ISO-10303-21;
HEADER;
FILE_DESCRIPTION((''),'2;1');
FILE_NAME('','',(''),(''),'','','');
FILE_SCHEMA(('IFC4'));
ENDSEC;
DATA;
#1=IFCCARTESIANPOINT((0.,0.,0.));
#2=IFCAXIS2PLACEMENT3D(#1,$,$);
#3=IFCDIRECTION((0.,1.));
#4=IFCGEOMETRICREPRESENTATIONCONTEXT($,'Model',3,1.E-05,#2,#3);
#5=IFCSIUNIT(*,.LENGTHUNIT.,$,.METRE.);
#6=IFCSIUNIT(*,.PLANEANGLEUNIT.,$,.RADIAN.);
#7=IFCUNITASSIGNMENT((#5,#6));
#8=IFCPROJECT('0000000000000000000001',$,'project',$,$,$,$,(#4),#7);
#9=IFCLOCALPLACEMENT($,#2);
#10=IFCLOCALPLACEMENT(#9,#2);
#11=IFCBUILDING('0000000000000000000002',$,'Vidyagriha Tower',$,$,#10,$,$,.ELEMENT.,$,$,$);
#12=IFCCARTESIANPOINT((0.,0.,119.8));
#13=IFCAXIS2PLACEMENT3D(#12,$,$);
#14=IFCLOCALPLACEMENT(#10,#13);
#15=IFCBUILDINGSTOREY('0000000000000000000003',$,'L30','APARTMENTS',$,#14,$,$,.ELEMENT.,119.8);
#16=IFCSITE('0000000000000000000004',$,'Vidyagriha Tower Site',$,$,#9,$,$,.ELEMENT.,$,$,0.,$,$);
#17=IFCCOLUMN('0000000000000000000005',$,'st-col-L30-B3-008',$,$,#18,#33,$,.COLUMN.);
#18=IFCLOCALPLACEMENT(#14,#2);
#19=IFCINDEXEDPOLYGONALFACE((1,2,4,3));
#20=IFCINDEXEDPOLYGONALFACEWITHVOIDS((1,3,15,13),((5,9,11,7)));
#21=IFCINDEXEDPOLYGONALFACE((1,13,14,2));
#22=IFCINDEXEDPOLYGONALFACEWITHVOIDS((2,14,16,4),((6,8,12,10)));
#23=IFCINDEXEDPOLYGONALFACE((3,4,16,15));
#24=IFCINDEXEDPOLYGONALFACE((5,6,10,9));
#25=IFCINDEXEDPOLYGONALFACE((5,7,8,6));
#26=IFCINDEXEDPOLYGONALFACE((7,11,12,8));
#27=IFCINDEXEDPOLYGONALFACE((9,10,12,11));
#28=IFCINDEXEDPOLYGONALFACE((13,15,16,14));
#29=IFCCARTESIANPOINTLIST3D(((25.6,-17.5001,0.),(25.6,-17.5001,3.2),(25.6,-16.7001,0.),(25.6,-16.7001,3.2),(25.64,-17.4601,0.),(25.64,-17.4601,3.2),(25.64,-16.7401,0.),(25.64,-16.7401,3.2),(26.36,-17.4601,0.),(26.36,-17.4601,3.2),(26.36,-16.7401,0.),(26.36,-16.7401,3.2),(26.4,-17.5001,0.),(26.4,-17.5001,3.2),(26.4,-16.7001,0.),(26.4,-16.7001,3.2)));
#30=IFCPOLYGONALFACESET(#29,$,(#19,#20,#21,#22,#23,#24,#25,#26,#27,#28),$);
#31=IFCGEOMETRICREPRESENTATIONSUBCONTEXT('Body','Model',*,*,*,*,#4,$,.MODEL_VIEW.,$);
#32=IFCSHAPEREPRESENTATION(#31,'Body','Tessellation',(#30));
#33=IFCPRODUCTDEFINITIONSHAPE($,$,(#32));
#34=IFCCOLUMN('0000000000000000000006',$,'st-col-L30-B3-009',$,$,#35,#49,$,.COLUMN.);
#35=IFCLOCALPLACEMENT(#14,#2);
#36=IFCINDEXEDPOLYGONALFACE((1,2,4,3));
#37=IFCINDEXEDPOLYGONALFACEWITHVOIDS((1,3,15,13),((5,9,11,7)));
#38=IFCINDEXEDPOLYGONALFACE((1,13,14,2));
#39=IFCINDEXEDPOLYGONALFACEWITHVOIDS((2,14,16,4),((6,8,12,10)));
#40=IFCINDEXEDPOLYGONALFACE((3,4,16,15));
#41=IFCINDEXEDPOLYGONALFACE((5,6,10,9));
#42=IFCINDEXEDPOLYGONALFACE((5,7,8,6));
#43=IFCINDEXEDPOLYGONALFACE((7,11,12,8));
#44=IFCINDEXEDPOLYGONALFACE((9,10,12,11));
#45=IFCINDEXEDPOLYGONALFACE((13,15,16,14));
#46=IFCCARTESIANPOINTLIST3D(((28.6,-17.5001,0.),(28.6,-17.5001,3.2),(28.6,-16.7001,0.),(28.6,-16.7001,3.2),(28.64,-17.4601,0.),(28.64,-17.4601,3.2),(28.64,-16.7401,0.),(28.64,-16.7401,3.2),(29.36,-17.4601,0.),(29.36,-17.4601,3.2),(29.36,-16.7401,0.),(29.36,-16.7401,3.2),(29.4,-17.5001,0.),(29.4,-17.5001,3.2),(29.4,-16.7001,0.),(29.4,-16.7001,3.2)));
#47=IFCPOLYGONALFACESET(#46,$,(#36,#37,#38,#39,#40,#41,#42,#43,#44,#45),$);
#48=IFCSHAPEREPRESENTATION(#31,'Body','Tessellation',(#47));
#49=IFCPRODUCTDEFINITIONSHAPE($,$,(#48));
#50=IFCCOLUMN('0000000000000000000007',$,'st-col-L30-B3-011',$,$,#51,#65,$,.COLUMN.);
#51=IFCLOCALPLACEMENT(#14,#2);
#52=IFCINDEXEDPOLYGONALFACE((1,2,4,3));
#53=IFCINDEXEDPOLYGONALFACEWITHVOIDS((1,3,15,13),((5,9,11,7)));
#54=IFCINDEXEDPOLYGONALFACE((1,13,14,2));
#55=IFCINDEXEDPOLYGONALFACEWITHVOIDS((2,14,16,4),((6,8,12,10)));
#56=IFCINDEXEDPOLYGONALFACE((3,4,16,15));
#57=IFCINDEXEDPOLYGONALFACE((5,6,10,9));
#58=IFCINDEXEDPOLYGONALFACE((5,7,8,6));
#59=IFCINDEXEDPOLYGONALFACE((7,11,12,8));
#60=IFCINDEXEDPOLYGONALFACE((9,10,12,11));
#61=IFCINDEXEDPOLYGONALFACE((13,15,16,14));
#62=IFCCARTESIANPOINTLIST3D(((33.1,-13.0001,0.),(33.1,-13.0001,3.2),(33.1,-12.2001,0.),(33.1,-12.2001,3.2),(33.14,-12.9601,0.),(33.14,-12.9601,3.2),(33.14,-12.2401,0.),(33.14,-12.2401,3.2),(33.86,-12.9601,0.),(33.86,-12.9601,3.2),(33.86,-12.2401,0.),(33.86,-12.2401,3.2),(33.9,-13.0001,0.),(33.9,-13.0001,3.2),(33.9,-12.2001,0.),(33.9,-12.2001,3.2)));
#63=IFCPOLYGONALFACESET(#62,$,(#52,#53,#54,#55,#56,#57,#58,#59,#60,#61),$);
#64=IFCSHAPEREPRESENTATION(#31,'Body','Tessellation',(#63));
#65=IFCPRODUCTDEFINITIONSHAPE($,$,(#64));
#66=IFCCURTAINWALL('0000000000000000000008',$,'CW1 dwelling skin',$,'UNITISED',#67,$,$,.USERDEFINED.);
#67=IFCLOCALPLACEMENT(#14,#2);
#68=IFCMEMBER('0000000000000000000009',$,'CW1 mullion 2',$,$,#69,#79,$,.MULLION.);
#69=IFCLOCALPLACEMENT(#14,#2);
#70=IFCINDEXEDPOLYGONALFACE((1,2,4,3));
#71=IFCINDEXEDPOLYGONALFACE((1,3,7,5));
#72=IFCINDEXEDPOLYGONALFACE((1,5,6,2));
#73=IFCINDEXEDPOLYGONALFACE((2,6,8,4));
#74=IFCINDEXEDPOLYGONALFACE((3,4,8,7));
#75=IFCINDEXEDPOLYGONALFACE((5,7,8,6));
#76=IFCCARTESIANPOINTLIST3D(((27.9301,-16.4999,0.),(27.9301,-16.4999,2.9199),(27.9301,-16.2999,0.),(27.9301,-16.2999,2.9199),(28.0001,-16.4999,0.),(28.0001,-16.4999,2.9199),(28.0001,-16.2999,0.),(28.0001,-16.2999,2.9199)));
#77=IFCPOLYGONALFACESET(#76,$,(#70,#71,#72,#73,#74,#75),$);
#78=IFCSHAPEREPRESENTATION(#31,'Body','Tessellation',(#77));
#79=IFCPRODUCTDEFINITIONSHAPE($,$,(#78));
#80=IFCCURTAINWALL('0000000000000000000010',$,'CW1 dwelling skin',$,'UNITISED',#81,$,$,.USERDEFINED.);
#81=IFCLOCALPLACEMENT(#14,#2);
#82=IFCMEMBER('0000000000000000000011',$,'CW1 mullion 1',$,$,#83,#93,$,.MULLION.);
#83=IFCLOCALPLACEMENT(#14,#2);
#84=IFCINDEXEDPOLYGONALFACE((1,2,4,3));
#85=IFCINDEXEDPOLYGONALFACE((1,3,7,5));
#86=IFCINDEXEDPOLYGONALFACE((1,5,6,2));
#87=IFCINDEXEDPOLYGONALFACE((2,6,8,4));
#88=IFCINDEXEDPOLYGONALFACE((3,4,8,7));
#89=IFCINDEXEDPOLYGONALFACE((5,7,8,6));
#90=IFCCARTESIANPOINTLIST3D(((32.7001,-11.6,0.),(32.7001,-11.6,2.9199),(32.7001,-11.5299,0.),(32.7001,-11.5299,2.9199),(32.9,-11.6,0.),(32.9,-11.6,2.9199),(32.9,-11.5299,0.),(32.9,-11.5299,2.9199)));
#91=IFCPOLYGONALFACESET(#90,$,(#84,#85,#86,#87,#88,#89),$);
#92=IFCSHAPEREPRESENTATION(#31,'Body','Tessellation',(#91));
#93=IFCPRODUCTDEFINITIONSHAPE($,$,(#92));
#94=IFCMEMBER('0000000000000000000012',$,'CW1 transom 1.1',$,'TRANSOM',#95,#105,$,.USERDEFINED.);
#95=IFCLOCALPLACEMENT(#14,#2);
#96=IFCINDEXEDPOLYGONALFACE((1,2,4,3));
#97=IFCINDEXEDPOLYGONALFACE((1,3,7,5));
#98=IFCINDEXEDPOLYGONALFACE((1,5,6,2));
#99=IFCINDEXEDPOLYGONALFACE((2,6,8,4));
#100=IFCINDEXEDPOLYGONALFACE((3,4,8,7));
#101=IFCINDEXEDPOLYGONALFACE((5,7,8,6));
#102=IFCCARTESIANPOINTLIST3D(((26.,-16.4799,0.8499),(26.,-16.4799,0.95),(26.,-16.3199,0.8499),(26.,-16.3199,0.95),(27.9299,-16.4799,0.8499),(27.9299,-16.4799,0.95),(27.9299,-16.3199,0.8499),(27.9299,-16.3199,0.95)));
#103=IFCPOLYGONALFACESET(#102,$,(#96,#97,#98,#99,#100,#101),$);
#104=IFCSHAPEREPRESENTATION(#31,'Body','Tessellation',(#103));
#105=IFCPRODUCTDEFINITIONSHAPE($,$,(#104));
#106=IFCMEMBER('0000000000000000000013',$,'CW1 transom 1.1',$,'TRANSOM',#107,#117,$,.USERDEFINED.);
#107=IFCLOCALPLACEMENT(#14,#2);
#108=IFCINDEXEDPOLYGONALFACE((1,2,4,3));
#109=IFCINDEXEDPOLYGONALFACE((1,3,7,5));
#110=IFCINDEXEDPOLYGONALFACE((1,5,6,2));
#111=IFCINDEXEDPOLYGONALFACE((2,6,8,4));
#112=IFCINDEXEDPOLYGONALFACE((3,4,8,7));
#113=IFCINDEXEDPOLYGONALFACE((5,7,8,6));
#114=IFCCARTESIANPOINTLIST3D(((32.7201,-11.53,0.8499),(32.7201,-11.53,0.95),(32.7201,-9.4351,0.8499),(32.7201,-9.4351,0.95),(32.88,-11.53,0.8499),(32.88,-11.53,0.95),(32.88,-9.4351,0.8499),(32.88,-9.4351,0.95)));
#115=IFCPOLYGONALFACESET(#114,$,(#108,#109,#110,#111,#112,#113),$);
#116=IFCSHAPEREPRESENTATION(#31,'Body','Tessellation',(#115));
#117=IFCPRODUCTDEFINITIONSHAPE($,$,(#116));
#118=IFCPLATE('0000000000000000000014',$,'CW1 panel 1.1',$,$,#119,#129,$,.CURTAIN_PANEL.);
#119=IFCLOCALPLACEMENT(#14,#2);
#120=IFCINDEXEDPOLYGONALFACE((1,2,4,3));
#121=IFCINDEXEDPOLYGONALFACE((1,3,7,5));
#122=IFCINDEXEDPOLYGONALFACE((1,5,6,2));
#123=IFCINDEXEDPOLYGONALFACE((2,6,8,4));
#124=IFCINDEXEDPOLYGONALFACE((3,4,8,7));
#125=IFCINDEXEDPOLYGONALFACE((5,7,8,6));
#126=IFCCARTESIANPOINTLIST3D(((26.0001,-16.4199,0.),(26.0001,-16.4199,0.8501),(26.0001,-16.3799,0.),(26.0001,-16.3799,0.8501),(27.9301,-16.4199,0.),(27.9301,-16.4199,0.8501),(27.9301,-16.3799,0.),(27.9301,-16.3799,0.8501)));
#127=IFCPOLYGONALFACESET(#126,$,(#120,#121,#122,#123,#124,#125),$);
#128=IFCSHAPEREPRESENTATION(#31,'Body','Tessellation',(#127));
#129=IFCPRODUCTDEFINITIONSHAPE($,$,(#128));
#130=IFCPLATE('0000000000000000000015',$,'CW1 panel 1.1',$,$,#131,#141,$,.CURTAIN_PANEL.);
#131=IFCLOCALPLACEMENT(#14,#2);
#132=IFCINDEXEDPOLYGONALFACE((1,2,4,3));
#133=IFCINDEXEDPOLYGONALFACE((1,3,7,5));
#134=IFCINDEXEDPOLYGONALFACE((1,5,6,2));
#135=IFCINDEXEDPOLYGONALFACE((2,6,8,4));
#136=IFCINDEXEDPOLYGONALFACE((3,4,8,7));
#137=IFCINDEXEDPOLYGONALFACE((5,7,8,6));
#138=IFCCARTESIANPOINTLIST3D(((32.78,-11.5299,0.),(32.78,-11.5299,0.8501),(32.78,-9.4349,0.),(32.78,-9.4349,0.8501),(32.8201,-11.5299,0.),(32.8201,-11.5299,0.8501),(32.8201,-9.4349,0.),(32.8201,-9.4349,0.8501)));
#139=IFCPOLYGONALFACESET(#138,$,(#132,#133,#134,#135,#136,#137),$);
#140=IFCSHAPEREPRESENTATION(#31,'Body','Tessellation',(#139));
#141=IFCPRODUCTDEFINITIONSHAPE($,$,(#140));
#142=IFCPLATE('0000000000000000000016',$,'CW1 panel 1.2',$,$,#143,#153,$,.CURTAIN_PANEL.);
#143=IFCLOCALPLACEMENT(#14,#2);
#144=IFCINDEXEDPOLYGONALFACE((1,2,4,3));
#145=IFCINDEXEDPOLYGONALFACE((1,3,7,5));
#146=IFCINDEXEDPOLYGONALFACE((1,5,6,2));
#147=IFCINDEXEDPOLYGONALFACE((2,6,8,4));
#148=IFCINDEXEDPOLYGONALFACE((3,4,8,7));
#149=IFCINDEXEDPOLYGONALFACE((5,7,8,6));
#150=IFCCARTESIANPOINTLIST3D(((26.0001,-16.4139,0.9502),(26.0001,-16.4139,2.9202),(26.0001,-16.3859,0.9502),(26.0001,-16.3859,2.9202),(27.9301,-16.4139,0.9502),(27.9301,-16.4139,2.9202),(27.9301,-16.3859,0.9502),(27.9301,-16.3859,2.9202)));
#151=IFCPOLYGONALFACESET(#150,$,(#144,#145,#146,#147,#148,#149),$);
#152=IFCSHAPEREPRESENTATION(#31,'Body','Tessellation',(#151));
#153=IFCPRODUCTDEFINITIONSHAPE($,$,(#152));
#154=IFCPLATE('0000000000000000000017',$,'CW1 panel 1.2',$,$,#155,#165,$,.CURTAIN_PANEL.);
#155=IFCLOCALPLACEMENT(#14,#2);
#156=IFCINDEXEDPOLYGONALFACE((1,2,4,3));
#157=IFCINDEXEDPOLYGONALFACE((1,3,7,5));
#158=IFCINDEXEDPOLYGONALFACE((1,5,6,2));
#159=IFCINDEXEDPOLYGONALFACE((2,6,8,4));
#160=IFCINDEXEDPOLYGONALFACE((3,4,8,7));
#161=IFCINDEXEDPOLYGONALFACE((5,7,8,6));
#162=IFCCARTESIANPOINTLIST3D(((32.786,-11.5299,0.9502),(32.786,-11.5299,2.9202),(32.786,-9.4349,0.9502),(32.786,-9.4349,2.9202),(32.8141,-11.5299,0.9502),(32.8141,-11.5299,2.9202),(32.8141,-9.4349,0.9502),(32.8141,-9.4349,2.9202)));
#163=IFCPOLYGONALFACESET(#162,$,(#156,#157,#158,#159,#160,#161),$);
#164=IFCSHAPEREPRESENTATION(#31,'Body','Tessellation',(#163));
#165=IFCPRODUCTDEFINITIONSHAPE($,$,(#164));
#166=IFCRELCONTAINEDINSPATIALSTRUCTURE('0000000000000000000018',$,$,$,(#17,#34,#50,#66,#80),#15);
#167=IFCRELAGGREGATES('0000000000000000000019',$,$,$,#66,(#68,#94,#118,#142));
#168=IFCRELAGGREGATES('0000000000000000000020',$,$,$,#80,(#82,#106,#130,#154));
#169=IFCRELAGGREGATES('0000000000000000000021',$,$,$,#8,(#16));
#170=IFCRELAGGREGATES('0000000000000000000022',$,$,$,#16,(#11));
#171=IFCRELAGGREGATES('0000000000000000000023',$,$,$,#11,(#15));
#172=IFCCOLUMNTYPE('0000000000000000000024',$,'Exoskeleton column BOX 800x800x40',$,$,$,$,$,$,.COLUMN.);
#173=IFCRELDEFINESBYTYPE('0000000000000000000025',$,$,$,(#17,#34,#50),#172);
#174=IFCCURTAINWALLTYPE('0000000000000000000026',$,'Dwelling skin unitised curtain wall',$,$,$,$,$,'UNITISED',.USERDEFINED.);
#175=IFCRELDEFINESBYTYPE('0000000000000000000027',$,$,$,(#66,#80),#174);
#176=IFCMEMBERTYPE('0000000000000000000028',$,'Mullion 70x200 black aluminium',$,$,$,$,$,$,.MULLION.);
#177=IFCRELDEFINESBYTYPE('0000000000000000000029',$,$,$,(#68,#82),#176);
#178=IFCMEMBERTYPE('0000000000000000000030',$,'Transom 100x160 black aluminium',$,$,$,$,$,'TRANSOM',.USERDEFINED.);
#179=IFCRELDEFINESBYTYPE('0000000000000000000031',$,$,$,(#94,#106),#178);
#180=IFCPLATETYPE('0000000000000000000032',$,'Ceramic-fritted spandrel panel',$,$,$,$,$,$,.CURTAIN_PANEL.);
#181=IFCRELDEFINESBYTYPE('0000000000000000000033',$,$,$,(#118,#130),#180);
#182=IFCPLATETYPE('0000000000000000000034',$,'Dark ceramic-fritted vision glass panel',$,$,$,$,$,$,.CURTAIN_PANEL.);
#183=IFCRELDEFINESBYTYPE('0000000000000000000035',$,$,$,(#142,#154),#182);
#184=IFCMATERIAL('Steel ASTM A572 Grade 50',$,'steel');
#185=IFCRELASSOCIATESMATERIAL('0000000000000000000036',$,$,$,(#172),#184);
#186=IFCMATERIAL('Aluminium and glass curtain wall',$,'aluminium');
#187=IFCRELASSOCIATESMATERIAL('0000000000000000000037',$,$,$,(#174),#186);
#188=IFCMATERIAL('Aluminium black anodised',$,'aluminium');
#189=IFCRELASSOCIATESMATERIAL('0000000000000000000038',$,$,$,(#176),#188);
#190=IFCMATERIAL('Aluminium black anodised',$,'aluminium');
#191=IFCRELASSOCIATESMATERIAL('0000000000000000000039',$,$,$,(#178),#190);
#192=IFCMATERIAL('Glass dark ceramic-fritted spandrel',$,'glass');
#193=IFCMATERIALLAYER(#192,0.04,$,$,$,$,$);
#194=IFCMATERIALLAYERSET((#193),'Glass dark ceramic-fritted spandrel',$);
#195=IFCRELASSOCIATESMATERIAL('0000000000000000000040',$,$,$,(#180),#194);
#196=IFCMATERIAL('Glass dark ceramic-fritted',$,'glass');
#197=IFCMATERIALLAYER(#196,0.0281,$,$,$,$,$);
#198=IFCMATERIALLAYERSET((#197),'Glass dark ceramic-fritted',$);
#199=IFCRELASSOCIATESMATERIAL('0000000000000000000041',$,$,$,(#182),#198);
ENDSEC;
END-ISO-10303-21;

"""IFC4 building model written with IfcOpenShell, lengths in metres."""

from ifc_helpers import new_model, si_unit, direction, frame, origin, origin_2d, place, context, subcontext, project, spatial, rectangle, hollow_rectangle, extrude, material, layer, layer_set, material_profile, profile_set, type_object, element, aggregate, save


model = new_model("IFC4")

# Units and contexts
model_context = context("Model", 3, precision=1e-05, world=origin(), true_north=direction((0.0, 1.0)))
body_context = subcontext(model_context, "Body", "Model", "MODEL_VIEW")
ifc_project = project(units=[si_unit("LENGTHUNIT", "METRE"), si_unit("PLANEANGLEUNIT", "RADIAN")], contexts=[model_context])

# Site, building, storey
site_placement = place(None, origin())
site = spatial("IfcSite", under=ifc_project, at=site_placement, Name="Vidyagriha Tower Site", CompositionType="ELEMENT", RefElevation=0.0)
building_placement = place(site_placement, origin())
building = spatial("IfcBuilding", under=site, at=building_placement, Name="Vidyagriha Tower", CompositionType="ELEMENT")
storey_placement = place(building_placement, frame((0.0, 0.0, 119.8)))
storey = spatial("IfcBuildingStorey", under=building, at=storey_placement, Name="L30", Description="APARTMENTS", CompositionType="ELEMENT", Elevation=119.8)

# Columns
ifc_material_1 = material(Name="Steel ASTM A572 Grade 50", Category="steel")
ifc_material_profile_1 = material_profile(ifc_material_1, hollow_rectangle(XDim=0.8, YDim=0.8, WallThickness=0.04, at=origin_2d()), Name="BOX 800x800x40")
ifc_profile_set_1 = profile_set([ifc_material_profile_1], Name="Steel ASTM A572 Grade 50")
column_type = type_object("IfcColumnType", Name="Exoskeleton column BOX 800x800x40", PredefinedType="COLUMN", material=ifc_profile_set_1)
for number, where, name in (
    (1, (26.0, -17.1001, 0.0), "st-col-L30-B3-008"),
    (2, (29.0, -17.1001, 0.0), "st-col-L30-B3-009"),
    (3, (33.5, -12.6001, 0.0), "st-col-L30-B3-011"),
):
    element("IfcColumn", number, at=place(storey_placement, frame(where)), inside=storey, type_object=column_type, Name=name, PredefinedType="COLUMN", context=body_context, shape_type="SweptSolid", body=[
        extrude(hollow_rectangle(XDim=0.8, YDim=0.8, WallThickness=0.04, at=origin_2d()), origin(), (0.0, 0.0, 1.0), 3.2),
    ])

# Curtain walls, members
ifc_material_2 = material(Name="Aluminium and glass curtain wall", Category="aluminium")
curtain_wall_type = type_object("IfcCurtainWallType", Name="Dwelling skin unitised curtain wall", ElementType="UNITISED", PredefinedType="USERDEFINED", material=ifc_material_2)
curtain_wall_1_placement = place(storey_placement, origin())
curtain_wall_1 = element("IfcCurtainWall", 4, at=curtain_wall_1_placement, inside=storey, type_object=curtain_wall_type, Name="CW1 dwelling skin", ObjectType="UNITISED", PredefinedType="USERDEFINED")
ifc_material_3 = material(Name="Aluminium black anodised", Category="aluminium")
ifc_material_profile_2 = material_profile(ifc_material_3, rectangle(XDim=0.2, YDim=0.0701, at=origin_2d()), Name="Mullion 70x200 black aluminium")
ifc_profile_set_2 = profile_set([ifc_material_profile_2], Name="Aluminium black anodised")
member_type_1 = type_object("IfcMemberType", Name="Mullion 70x200 black aluminium", PredefinedType="MULLION", material=ifc_profile_set_2)
member_1_placement = place(storey_placement, frame((27.9651, -16.3999, 0.0), z_axis=(0.0, 0.0, 1.0), x_axis=(0.0, 1.0, 0.0)))
member_1 = element("IfcMember", 5, at=member_1_placement, type_object=member_type_1, Name="CW1 mullion 2", PredefinedType="MULLION", context=body_context, shape_type="SweptSolid", body=[
    extrude(rectangle(XDim=0.2, YDim=0.0701, at=origin_2d()), origin(), (0.0, 0.0, 1.0), 2.9199),
])
curtain_wall_2_placement = place(storey_placement, origin())
curtain_wall_2 = element("IfcCurtainWall", 6, at=curtain_wall_2_placement, inside=storey, type_object=curtain_wall_type, Name="CW1 dwelling skin", ObjectType="UNITISED", PredefinedType="USERDEFINED")
member_2_placement = place(storey_placement, frame((32.8, -11.5649, 0.0), z_axis=(0.0, 0.0, 1.0), x_axis=(-1.0, 0.0, 0.0)))
member_2 = element("IfcMember", 7, at=member_2_placement, type_object=member_type_1, Name="CW1 mullion 1", PredefinedType="MULLION", context=body_context, shape_type="SweptSolid", body=[
    extrude(rectangle(XDim=0.2, YDim=0.0701, at=origin_2d()), origin(), (0.0, 0.0, 1.0), 2.9199),
])

# Members
ifc_material_4 = material(Name="Aluminium black anodised", Category="aluminium")
ifc_material_profile_3 = material_profile(ifc_material_4, rectangle(XDim=0.1599, YDim=0.1001, at=origin_2d()), Name="Transom 100x160 black aluminium")
ifc_profile_set_3 = profile_set([ifc_material_profile_3], Name="Aluminium black anodised")
member_type_2 = type_object("IfcMemberType", Name="Transom 100x160 black aluminium", ElementType="TRANSOM", PredefinedType="USERDEFINED", material=ifc_profile_set_3)
member_3_placement = place(storey_placement, frame((26.0, -16.3999, 0.8999), z_axis=(1.0, 0.0, 0.0), x_axis=(0.0, 1.0, 0.0)))
member_3 = element("IfcMember", 8, at=member_3_placement, type_object=member_type_2, Name="CW1 transom 1.1", ObjectType="TRANSOM", PredefinedType="USERDEFINED", context=body_context, shape_type="SweptSolid", body=[
    extrude(rectangle(XDim=0.1599, YDim=0.1001, at=origin_2d()), origin(), (0.0, 0.0, 1.0), 1.9299),
])
member_4_placement = place(storey_placement, frame((32.8, -11.53, 0.8999), z_axis=(0.0, 1.0, 0.0), x_axis=(-1.0, 0.0, 0.0)))
member_4 = element("IfcMember", 9, at=member_4_placement, type_object=member_type_2, Name="CW1 transom 1.1", ObjectType="TRANSOM", PredefinedType="USERDEFINED", context=body_context, shape_type="SweptSolid", body=[
    extrude(rectangle(XDim=0.1599, YDim=0.1001, at=origin_2d()), origin(), (0.0, 0.0, 1.0), 2.095),
])

# Plates
ifc_material_5 = material(Name="Glass dark ceramic-fritted spandrel", Category="glass")
ifc_layer_1 = layer(ifc_material_5, 0.04)
ifc_layer_set_1 = layer_set([ifc_layer_1], Name="Glass dark ceramic-fritted spandrel")
plate_type_1 = type_object("IfcPlateType", Name="Ceramic-fritted spandrel panel", PredefinedType="CURTAIN_PANEL", material=ifc_layer_set_1)
plate_1_placement = place(storey_placement, frame((26.9651, -16.3999, 0.0)))
plate_1 = element("IfcPlate", 10, at=plate_1_placement, type_object=plate_type_1, Name="CW1 panel 1.1", PredefinedType="CURTAIN_PANEL", context=body_context, shape_type="SweptSolid", body=[
    extrude(rectangle(XDim=1.9299, YDim=0.04, at=origin_2d()), origin(), (0.0, 0.0, 1.0), 0.8501),
])
plate_2_placement = place(storey_placement, frame((32.8, -10.4824, 0.0), z_axis=(0.0, 0.0, 1.0), x_axis=(0.0, 1.0, 0.0)))
plate_2 = element("IfcPlate", 11, at=plate_2_placement, type_object=plate_type_1, Name="CW1 panel 1.1", PredefinedType="CURTAIN_PANEL", context=body_context, shape_type="SweptSolid", body=[
    extrude(rectangle(XDim=2.095, YDim=0.04, at=origin_2d()), origin(), (0.0, 0.0, 1.0), 0.8501),
])
ifc_material_6 = material(Name="Glass dark ceramic-fritted", Category="glass")
ifc_layer_2 = layer(ifc_material_6, 0.0281)
ifc_layer_set_2 = layer_set([ifc_layer_2], Name="Glass dark ceramic-fritted")
plate_type_2 = type_object("IfcPlateType", Name="Dark ceramic-fritted vision glass panel", PredefinedType="CURTAIN_PANEL", material=ifc_layer_set_2)
plate_3_placement = place(storey_placement, frame((26.9651, -16.3999, 0.9502)))
plate_3 = element("IfcPlate", 12, at=plate_3_placement, type_object=plate_type_2, Name="CW1 panel 1.2", PredefinedType="CURTAIN_PANEL", context=body_context, shape_type="SweptSolid", body=[
    extrude(rectangle(XDim=1.9299, YDim=0.0281, at=origin_2d()), origin(), (0.0, 0.0, 1.0), 1.97),
])
aggregate(curtain_wall_1, [member_1, member_3, plate_1, plate_3])
plate_4_placement = place(storey_placement, frame((32.8, -10.4824, 0.9502), z_axis=(0.0, 0.0, 1.0), x_axis=(0.0, 1.0, 0.0)))
plate_4 = element("IfcPlate", 13, at=plate_4_placement, type_object=plate_type_2, Name="CW1 panel 1.2", PredefinedType="CURTAIN_PANEL", context=body_context, shape_type="SweptSolid", body=[
    extrude(rectangle(XDim=2.095, YDim=0.0281, at=origin_2d()), origin(), (0.0, 0.0, 1.0), 1.97),
])
aggregate(curtain_wall_2, [member_2, member_4, plate_2, plate_4])

save(model, "model.ifc")
